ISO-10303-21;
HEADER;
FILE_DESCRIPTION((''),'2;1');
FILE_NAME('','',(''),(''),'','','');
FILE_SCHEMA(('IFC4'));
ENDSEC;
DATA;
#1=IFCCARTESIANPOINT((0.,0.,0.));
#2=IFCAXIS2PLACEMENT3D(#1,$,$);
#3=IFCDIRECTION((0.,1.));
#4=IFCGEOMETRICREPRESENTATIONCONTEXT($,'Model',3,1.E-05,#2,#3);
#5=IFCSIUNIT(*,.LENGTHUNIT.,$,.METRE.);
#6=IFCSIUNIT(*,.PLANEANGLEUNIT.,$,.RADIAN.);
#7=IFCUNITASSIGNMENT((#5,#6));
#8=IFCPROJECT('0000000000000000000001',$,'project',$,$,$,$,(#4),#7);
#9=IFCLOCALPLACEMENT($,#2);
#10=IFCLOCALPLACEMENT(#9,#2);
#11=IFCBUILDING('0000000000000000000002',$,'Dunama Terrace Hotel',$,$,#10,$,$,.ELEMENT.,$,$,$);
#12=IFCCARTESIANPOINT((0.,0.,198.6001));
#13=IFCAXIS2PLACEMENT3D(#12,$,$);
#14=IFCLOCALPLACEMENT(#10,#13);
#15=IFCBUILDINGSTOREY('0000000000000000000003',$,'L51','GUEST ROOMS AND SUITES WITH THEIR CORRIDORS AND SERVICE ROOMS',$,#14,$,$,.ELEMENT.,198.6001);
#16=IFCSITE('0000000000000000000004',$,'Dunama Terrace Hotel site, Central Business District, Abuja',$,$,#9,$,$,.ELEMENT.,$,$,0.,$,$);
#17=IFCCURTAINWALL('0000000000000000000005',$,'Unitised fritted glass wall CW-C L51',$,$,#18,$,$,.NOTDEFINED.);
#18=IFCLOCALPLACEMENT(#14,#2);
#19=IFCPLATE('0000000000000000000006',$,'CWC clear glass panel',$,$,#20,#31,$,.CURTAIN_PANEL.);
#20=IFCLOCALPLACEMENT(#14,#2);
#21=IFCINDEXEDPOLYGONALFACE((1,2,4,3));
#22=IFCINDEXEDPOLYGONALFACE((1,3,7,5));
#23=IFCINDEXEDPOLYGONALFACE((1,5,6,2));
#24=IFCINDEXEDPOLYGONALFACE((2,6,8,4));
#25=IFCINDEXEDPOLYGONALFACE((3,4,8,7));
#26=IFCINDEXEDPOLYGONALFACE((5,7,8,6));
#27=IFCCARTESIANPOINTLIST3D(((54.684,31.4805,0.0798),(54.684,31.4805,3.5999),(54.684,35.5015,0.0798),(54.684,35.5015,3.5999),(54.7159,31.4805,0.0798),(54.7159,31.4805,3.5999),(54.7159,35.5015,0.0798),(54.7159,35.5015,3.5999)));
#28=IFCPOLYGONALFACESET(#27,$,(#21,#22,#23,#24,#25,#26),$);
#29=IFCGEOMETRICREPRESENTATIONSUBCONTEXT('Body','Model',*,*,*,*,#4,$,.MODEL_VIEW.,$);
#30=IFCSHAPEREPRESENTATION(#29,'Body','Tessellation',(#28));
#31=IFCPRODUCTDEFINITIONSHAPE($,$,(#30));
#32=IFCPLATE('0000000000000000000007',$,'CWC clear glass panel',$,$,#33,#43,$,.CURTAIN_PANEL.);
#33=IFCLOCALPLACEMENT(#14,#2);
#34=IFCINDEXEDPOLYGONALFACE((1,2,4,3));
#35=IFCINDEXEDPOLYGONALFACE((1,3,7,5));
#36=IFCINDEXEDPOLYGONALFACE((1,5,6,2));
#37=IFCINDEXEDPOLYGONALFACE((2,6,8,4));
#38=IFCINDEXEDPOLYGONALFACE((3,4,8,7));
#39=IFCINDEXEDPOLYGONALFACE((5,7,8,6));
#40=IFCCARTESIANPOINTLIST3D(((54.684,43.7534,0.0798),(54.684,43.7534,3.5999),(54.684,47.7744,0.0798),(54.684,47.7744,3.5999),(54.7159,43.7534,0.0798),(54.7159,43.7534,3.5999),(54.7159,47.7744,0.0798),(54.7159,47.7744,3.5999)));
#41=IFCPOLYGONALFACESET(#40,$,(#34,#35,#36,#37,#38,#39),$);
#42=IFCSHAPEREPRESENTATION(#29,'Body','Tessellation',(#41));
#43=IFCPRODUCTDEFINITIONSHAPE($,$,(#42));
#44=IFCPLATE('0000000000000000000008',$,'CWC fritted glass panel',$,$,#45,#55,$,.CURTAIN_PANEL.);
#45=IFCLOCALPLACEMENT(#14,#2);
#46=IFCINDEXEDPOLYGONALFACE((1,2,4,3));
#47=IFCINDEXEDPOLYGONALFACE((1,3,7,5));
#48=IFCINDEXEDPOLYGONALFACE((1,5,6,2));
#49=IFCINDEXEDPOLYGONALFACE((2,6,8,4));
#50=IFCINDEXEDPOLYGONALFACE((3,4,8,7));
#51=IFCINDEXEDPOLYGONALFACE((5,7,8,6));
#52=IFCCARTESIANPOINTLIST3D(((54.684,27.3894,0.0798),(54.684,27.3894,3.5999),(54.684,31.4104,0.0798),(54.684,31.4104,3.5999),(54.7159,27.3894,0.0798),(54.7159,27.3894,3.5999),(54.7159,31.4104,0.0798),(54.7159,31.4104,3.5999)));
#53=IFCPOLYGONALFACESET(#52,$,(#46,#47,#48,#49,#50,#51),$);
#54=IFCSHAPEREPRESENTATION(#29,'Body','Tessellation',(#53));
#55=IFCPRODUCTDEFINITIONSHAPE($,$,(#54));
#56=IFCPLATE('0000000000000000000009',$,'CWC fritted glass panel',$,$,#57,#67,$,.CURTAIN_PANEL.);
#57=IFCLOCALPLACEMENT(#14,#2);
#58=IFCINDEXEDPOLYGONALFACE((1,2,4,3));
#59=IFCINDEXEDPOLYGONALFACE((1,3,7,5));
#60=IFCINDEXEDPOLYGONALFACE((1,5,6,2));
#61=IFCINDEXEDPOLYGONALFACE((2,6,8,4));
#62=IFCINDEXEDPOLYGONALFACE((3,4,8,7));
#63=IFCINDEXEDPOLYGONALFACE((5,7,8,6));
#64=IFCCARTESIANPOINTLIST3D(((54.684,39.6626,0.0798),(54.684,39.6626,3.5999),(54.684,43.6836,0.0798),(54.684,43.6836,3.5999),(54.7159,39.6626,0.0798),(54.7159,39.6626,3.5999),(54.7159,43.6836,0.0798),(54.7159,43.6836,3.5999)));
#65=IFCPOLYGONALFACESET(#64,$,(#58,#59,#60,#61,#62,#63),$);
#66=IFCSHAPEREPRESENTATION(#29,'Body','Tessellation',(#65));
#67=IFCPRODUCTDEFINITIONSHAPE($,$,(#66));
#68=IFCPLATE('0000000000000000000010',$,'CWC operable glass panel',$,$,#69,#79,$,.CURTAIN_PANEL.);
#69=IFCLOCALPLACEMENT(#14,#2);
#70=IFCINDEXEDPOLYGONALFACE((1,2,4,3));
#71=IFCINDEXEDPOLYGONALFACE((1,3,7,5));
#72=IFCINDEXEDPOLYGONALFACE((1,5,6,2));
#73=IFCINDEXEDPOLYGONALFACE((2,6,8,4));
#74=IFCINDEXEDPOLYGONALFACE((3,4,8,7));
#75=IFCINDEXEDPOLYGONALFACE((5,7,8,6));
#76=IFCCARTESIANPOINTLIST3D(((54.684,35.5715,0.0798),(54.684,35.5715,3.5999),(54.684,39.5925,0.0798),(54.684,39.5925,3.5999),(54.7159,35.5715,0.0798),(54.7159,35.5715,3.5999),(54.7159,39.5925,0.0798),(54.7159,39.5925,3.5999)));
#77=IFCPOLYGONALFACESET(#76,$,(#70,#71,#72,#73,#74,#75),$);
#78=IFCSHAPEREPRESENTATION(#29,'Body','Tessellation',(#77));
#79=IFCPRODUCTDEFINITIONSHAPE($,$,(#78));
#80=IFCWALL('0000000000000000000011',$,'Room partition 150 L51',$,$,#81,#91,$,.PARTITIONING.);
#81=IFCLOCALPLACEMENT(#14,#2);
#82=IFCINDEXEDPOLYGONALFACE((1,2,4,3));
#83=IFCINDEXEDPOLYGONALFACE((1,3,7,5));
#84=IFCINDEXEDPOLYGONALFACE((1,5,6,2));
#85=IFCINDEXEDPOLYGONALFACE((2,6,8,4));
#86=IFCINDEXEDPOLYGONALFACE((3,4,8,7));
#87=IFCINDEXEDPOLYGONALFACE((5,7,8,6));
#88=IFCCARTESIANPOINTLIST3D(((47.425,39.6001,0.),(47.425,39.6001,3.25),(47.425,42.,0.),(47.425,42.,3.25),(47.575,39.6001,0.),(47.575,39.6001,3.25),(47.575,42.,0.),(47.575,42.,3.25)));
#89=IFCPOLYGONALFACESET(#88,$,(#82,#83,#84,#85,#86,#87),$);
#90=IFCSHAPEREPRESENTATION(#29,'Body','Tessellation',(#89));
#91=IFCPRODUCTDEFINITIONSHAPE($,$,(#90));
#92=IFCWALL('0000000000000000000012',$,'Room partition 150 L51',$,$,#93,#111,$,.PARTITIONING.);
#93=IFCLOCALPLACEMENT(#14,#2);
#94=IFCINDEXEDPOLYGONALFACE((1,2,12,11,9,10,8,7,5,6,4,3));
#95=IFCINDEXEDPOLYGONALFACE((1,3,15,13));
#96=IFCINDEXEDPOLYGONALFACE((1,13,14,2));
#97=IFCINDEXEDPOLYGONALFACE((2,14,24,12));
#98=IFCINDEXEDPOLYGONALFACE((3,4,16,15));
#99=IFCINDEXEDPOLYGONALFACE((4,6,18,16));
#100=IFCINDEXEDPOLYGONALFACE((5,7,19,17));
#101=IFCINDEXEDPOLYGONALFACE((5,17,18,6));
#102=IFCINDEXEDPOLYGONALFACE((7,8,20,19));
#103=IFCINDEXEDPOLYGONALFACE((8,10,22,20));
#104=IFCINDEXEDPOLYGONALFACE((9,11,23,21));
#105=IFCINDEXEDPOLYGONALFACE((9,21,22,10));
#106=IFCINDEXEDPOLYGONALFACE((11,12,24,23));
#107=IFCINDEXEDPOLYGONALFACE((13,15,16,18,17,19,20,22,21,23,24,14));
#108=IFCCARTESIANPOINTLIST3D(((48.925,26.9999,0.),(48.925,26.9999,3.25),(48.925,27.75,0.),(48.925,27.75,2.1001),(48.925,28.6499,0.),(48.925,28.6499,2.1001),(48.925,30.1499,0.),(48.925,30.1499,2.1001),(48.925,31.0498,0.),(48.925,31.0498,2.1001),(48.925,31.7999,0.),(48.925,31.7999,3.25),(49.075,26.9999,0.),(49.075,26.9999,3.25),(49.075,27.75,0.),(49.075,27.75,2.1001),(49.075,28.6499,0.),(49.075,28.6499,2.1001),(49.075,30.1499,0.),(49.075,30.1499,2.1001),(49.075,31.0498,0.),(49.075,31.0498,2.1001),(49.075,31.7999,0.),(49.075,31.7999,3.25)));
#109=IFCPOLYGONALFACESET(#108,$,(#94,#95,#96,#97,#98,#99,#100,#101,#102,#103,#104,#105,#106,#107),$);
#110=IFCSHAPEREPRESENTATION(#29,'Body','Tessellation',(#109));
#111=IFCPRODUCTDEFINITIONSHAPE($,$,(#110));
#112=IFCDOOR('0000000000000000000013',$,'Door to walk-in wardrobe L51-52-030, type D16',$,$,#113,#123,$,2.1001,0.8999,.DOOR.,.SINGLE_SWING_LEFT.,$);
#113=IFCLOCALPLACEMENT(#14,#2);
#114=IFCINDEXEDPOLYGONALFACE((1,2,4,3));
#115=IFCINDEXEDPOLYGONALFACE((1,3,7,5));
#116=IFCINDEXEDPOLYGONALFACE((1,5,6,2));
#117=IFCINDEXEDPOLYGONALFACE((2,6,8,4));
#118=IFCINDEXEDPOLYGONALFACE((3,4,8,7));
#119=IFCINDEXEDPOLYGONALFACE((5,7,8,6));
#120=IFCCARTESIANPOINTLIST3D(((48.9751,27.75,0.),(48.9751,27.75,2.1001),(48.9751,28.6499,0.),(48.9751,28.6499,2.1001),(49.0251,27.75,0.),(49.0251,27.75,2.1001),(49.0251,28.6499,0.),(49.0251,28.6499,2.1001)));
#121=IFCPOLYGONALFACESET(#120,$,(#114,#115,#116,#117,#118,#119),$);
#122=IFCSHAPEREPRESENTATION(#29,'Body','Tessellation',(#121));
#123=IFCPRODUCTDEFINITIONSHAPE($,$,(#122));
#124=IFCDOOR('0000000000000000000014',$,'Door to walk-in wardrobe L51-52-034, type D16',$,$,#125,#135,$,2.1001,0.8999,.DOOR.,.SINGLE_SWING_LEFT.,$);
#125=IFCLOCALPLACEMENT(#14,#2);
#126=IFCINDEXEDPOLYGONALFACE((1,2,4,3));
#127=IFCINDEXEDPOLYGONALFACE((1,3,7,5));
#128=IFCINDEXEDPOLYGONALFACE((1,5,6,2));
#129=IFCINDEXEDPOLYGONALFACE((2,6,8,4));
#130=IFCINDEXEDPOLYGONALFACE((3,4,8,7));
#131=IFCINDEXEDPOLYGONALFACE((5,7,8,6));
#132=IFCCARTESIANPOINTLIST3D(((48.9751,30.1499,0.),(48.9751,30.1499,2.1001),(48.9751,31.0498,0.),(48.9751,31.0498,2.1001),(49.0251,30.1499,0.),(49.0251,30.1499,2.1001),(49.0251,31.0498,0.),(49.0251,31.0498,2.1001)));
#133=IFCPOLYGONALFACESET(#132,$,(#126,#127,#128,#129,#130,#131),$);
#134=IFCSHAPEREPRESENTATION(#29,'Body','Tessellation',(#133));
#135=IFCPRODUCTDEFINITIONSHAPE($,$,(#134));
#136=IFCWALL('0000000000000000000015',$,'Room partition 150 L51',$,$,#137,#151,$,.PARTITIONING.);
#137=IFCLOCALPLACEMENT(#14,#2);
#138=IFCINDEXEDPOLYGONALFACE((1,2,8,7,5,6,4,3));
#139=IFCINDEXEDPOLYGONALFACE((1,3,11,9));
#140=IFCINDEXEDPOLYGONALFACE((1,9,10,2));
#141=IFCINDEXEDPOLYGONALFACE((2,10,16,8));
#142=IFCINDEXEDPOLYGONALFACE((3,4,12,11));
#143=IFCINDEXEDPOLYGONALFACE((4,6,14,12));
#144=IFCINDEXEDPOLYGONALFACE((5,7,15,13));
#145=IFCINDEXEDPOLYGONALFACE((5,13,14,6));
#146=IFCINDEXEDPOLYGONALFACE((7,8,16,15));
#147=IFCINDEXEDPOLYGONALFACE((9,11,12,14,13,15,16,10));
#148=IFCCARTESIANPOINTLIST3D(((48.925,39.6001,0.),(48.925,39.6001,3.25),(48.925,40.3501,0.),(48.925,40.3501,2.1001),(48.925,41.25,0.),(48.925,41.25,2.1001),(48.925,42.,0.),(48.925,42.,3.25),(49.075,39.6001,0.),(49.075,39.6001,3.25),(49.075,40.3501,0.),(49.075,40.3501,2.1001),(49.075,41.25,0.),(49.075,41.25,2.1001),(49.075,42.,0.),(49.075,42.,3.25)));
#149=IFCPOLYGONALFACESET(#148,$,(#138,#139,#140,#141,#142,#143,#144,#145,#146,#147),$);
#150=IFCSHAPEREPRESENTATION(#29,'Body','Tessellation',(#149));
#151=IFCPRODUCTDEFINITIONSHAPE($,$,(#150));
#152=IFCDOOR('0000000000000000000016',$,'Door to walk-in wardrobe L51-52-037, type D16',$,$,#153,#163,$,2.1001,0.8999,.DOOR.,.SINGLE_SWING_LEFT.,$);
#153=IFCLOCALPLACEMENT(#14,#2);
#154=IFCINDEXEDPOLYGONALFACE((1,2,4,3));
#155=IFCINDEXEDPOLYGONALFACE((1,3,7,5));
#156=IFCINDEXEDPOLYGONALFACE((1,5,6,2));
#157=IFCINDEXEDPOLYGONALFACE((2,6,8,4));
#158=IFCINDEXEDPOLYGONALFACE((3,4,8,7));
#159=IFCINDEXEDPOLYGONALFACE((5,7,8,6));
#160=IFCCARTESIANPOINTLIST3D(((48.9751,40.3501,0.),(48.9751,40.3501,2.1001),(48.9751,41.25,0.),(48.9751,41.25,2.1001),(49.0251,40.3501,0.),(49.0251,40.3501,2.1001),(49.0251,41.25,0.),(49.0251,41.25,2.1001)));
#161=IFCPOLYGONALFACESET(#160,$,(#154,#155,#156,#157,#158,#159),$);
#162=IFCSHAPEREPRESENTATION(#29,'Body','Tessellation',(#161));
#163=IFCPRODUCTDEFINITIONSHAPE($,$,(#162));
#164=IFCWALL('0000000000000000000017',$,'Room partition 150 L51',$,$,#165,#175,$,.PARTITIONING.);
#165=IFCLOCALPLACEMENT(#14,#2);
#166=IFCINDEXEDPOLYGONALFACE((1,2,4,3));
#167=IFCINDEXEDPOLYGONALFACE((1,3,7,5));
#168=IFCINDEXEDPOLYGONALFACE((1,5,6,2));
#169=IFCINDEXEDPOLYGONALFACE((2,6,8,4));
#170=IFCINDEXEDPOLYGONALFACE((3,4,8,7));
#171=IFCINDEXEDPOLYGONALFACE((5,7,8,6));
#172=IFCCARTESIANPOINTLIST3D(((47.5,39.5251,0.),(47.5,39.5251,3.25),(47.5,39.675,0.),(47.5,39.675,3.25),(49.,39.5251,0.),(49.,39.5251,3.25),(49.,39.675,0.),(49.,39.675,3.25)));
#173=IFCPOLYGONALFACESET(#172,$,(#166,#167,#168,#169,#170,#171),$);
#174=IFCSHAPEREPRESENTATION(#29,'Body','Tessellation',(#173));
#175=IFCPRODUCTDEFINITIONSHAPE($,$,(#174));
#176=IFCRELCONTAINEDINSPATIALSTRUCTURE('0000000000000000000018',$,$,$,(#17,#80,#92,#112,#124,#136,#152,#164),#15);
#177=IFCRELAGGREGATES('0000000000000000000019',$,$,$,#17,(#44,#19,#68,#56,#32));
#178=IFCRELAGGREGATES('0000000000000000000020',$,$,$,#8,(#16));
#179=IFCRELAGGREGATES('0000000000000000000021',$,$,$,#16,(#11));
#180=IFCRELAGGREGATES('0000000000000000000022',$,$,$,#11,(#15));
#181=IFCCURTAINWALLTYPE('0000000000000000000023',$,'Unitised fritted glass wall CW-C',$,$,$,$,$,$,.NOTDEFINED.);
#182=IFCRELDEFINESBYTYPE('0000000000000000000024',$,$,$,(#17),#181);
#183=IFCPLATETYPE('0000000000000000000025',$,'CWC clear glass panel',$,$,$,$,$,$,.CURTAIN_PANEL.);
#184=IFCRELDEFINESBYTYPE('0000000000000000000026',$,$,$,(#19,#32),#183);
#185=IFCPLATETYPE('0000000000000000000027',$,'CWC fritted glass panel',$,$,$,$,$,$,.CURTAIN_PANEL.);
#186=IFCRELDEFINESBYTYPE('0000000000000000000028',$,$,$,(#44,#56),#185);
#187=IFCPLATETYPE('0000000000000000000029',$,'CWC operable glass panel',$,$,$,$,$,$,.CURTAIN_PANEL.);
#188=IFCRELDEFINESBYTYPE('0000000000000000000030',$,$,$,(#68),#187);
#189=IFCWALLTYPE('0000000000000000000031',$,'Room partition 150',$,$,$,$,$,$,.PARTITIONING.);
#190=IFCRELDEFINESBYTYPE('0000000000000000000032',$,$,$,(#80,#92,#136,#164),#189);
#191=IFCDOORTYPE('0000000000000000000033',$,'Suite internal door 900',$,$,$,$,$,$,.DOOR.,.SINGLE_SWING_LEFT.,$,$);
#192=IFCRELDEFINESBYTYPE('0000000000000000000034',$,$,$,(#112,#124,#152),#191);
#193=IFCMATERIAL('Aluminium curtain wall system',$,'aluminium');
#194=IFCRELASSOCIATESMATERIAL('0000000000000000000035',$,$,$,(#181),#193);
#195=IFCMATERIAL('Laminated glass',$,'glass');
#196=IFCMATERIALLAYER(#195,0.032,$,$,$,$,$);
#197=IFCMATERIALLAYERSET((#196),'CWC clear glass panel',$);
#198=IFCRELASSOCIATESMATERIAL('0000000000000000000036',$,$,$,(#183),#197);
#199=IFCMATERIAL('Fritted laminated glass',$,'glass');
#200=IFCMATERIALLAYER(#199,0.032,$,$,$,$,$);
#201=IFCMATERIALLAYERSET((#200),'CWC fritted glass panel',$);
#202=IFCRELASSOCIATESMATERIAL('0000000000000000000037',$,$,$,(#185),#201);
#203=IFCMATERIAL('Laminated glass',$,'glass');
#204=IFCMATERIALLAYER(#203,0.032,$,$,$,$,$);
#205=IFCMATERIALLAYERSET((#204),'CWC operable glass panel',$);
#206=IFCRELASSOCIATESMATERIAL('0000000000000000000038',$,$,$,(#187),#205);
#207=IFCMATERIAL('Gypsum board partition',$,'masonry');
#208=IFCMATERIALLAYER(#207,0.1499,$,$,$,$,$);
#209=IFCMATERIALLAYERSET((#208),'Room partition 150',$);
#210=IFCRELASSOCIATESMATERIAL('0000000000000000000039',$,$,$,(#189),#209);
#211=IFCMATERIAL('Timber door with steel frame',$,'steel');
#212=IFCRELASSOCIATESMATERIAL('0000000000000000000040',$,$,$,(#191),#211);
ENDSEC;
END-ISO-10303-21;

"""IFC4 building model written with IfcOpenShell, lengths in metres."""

from ifc_helpers import new_model, si_unit, direction, frame, frame_2d, origin, origin_2d, place, context, subcontext, project, spatial, rectangle, extrude, material, layer, layer_set, type_object, element, fill, aggregate, save


model = new_model("IFC4")

# Units and contexts
model_context = context("Model", 3, precision=1e-05, world=origin(), true_north=direction((0.0, 1.0)))
body_context = subcontext(model_context, "Body", "Model", "MODEL_VIEW")
ifc_project = project(units=[si_unit("LENGTHUNIT", "METRE"), si_unit("PLANEANGLEUNIT", "RADIAN")], contexts=[model_context])

# Site, building, storey
site_placement = place(None, origin())
site = spatial("IfcSite", under=ifc_project, at=site_placement, Name="Dunama Terrace Hotel site, Central Business District, Abuja", CompositionType="ELEMENT", RefElevation=0.0)
building_placement = place(site_placement, origin())
building = spatial("IfcBuilding", under=site, at=building_placement, Name="Dunama Terrace Hotel", CompositionType="ELEMENT")
storey_placement = place(building_placement, frame((0.0, 0.0, 198.6001)))
storey = spatial("IfcBuildingStorey", under=building, at=storey_placement, Name="L51", Description="GUEST ROOMS AND SUITES WITH THEIR CORRIDORS AND SERVICE ROOMS", CompositionType="ELEMENT", Elevation=198.6001)

# Curtain wall
ifc_material_1 = material(Name="Aluminium curtain wall system", Category="aluminium")
curtain_wall_type = type_object("IfcCurtainWallType", Name="Unitised fritted glass wall CW-C", PredefinedType="NOTDEFINED", material=ifc_material_1)
curtain_wall_placement = place(storey_placement, origin())
curtain_wall = element("IfcCurtainWall", 1, at=curtain_wall_placement, inside=storey, type_object=curtain_wall_type, Name="Unitised fritted glass wall CW-C L51", PredefinedType="NOTDEFINED")

# Plates
ifc_material_2 = material(Name="Laminated glass", Category="glass")
ifc_layer_1 = layer(ifc_material_2, 0.032)
ifc_layer_set_1 = layer_set([ifc_layer_1], Name="CWC clear glass panel")
plate_type_1 = type_object("IfcPlateType", Name="CWC clear glass panel", PredefinedType="CURTAIN_PANEL", material=ifc_layer_set_1)
plate_1_placement = place(storey_placement, frame((54.7, 33.491, 0.0798), z_axis=(0.0, 0.0, 1.0), x_axis=(0.0, 1.0, 0.0)))
plate_1 = element("IfcPlate", 2, at=plate_1_placement, type_object=plate_type_1, Name="CWC clear glass panel", PredefinedType="CURTAIN_PANEL", context=body_context, shape_type="SweptSolid", body=[
    extrude(rectangle(XDim=4.021, YDim=0.032, at=origin_2d()), origin(), (0.0, 0.0, 1.0), 3.52),
])
plate_2_placement = place(storey_placement, frame((54.7, 45.7639, 0.0798), z_axis=(0.0, 0.0, 1.0), x_axis=(0.0, 1.0, 0.0)))
plate_2 = element("IfcPlate", 3, at=plate_2_placement, type_object=plate_type_1, Name="CWC clear glass panel", PredefinedType="CURTAIN_PANEL", context=body_context, shape_type="SweptSolid", body=[
    extrude(rectangle(XDim=4.021, YDim=0.032, at=origin_2d()), origin(), (0.0, 0.0, 1.0), 3.52),
])
ifc_material_3 = material(Name="Fritted laminated glass", Category="glass")
ifc_layer_2 = layer(ifc_material_3, 0.032)
ifc_layer_set_2 = layer_set([ifc_layer_2], Name="CWC fritted glass panel")
plate_type_2 = type_object("IfcPlateType", Name="CWC fritted glass panel", PredefinedType="CURTAIN_PANEL", material=ifc_layer_set_2)
plate_3_placement = place(storey_placement, frame((54.7, 29.3999, 0.0798), z_axis=(0.0, 0.0, 1.0), x_axis=(0.0, 1.0, 0.0)))
plate_3 = element("IfcPlate", 4, at=plate_3_placement, type_object=plate_type_2, Name="CWC fritted glass panel", PredefinedType="CURTAIN_PANEL", context=body_context, shape_type="SweptSolid", body=[
    extrude(rectangle(XDim=4.021, YDim=0.032, at=origin_2d()), origin(), (0.0, 0.0, 1.0), 3.52),
])
plate_4_placement = place(storey_placement, frame((54.7, 41.6731, 0.0798), z_axis=(0.0, 0.0, 1.0), x_axis=(0.0, 1.0, 0.0)))
plate_4 = element("IfcPlate", 5, at=plate_4_placement, type_object=plate_type_2, Name="CWC fritted glass panel", PredefinedType="CURTAIN_PANEL", context=body_context, shape_type="SweptSolid", body=[
    extrude(rectangle(XDim=4.021, YDim=0.032, at=origin_2d()), origin(), (0.0, 0.0, 1.0), 3.52),
])
ifc_material_4 = material(Name="Laminated glass", Category="glass")
ifc_layer_3 = layer(ifc_material_4, 0.032)
ifc_layer_set_3 = layer_set([ifc_layer_3], Name="CWC operable glass panel")
plate_type_3 = type_object("IfcPlateType", Name="CWC operable glass panel", PredefinedType="CURTAIN_PANEL", material=ifc_layer_set_3)
plate_5_placement = place(storey_placement, frame((54.7, 37.582, 0.0798), z_axis=(0.0, 0.0, 1.0), x_axis=(0.0, 1.0, 0.0)))
plate_5 = element("IfcPlate", 6, at=plate_5_placement, type_object=plate_type_3, Name="CWC operable glass panel", PredefinedType="CURTAIN_PANEL", context=body_context, shape_type="SweptSolid", body=[
    extrude(rectangle(XDim=4.021, YDim=0.032, at=origin_2d()), origin(), (0.0, 0.0, 1.0), 3.52),
])
aggregate(curtain_wall, [plate_3, plate_1, plate_5, plate_4, plate_2])

# Wall
ifc_material_5 = material(Name="Gypsum board partition", Category="masonry")
ifc_layer_4 = layer(ifc_material_5, 0.1499)
ifc_layer_set_4 = layer_set([ifc_layer_4], Name="Room partition 150")
wall_type = type_object("IfcWallType", Name="Room partition 150", PredefinedType="PARTITIONING", material=ifc_layer_set_4)
wall_1_placement = place(storey_placement, frame((47.5, 39.6001, 0.0), z_axis=(0.0, 0.0, 1.0), x_axis=(0.0, 1.0, 0.0)))
element("IfcWall", 7, at=wall_1_placement, inside=storey, type_object=wall_type, Name="Room partition 150 L51", PredefinedType="PARTITIONING", context=body_context, shape_type="SweptSolid", body=[
    extrude(rectangle(XDim=2.3999, YDim=0.1499, at=frame_2d((1.2, 0.0))), origin(), (0.0, 0.0, 1.0), 3.25),
])

# Wall, openings, doors
wall_2_placement = place(storey_placement, frame((49.0, 27.0, 0.0), z_axis=(0.0, 0.0, 1.0), x_axis=(0.0, 1.0, 0.0)))
wall_2 = element("IfcWall", 8, at=wall_2_placement, inside=storey, type_object=wall_type, Name="Room partition 150 L51", PredefinedType="PARTITIONING", context=body_context, shape_type="SweptSolid", body=[
    extrude(rectangle(XDim=4.8, YDim=0.1499, at=frame_2d((2.3999, 0.0))), origin(), (0.0, 0.0, 1.0), 3.25),
])
opening_1_placement = place(wall_2_placement, frame((0.75, 0.0, 0.0)))
opening_1 = element("IfcOpeningElement", 9, at=opening_1_placement, cuts=wall_2, PredefinedType="OPENING", context=body_context, shape_type="SweptSolid", body=[
    extrude(rectangle(XDim=0.8999, YDim=2.1001, at=frame_2d((0.45, 1.05))), frame((0.0, 0.085, 0.0), z_axis=(0.0, -1.0, 0.0), x_axis=(1.0, 0.0, 0.0)), (0.0, 0.0, 1.0), 0.1699),
])
opening_2_placement = place(wall_2_placement, frame((3.1499, 0.0, 0.0)))
opening_2 = element("IfcOpeningElement", 10, at=opening_2_placement, cuts=wall_2, PredefinedType="OPENING", context=body_context, shape_type="SweptSolid", body=[
    extrude(rectangle(XDim=0.8999, YDim=2.1001, at=frame_2d((0.45, 1.05))), frame((0.0, 0.085, 0.0), z_axis=(0.0, -1.0, 0.0), x_axis=(1.0, 0.0, 0.0)), (0.0, 0.0, 1.0), 0.1699),
])
ifc_material_6 = material(Name="Timber door with steel frame", Category="steel")
door_type = type_object("IfcDoorType", Name="Suite internal door 900", OperationType="SINGLE_SWING_LEFT", PredefinedType="DOOR", material=ifc_material_6)
door_1_placement = place(opening_1_placement, origin())
door_1 = element("IfcDoor", 11, at=door_1_placement, inside=storey, type_object=door_type, Name="Door to walk-in wardrobe L51-52-030, type D16", OperationType="SINGLE_SWING_LEFT", OverallHeight=2.1001, OverallWidth=0.8999, PredefinedType="DOOR", context=body_context, shape_type="SweptSolid", body=[
    extrude(rectangle(XDim=0.8999, YDim=2.1001, at=frame_2d((0.45, 1.05))), frame((0.0, 0.0249, 0.0), z_axis=(0.0, -1.0, 0.0), x_axis=(1.0, 0.0, 0.0)), (0.0, 0.0, 1.0), 0.05),
])
fill(opening_1, door_1)
door_2_placement = place(opening_2_placement, origin())
door_2 = element("IfcDoor", 12, at=door_2_placement, inside=storey, type_object=door_type, Name="Door to walk-in wardrobe L51-52-034, type D16", OperationType="SINGLE_SWING_LEFT", OverallHeight=2.1001, OverallWidth=0.8999, PredefinedType="DOOR", context=body_context, shape_type="SweptSolid", body=[
    extrude(rectangle(XDim=0.8999, YDim=2.1001, at=frame_2d((0.45, 1.05))), frame((0.0, 0.0249, 0.0), z_axis=(0.0, -1.0, 0.0), x_axis=(1.0, 0.0, 0.0)), (0.0, 0.0, 1.0), 0.05),
])
fill(opening_2, door_2)

# Wall, opening, door
wall_3_placement = place(storey_placement, frame((49.0, 39.6001, 0.0), z_axis=(0.0, 0.0, 1.0), x_axis=(0.0, 1.0, 0.0)))
wall_3 = element("IfcWall", 13, at=wall_3_placement, inside=storey, type_object=wall_type, Name="Room partition 150 L51", PredefinedType="PARTITIONING", context=body_context, shape_type="SweptSolid", body=[
    extrude(rectangle(XDim=2.3999, YDim=0.1499, at=frame_2d((1.2, 0.0))), origin(), (0.0, 0.0, 1.0), 3.25),
])
opening_3_placement = place(wall_3_placement, frame((0.75, 0.0, 0.0)))
opening_3 = element("IfcOpeningElement", 14, at=opening_3_placement, cuts=wall_3, PredefinedType="OPENING", context=body_context, shape_type="SweptSolid", body=[
    extrude(rectangle(XDim=0.8999, YDim=2.1001, at=frame_2d((0.45, 1.05))), frame((0.0, 0.085, 0.0), z_axis=(0.0, -1.0, 0.0), x_axis=(1.0, 0.0, 0.0)), (0.0, 0.0, 1.0), 0.1699),
])
door_3_placement = place(opening_3_placement, origin())
door_3 = element("IfcDoor", 15, at=door_3_placement, inside=storey, type_object=door_type, Name="Door to walk-in wardrobe L51-52-037, type D16", OperationType="SINGLE_SWING_LEFT", OverallHeight=2.1001, OverallWidth=0.8999, PredefinedType="DOOR", context=body_context, shape_type="SweptSolid", body=[
    extrude(rectangle(XDim=0.8999, YDim=2.1001, at=frame_2d((0.45, 1.05))), frame((0.0, 0.0249, 0.0), z_axis=(0.0, -1.0, 0.0), x_axis=(1.0, 0.0, 0.0)), (0.0, 0.0, 1.0), 0.05),
])
fill(opening_3, door_3)

# Wall
wall_4_placement = place(storey_placement, frame((47.5, 39.6001, 0.0), z_axis=(0.0, 0.0, 1.0), x_axis=(1.0, 0.0, 0.0)))
element("IfcWall", 16, at=wall_4_placement, inside=storey, type_object=wall_type, Name="Room partition 150 L51", PredefinedType="PARTITIONING", context=body_context, shape_type="SweptSolid", body=[
    extrude(rectangle(XDim=1.5, YDim=0.1499, at=frame_2d((0.75, 0.0))), origin(), (0.0, 0.0, 1.0), 3.25),
])

save(model, "model.ifc")
